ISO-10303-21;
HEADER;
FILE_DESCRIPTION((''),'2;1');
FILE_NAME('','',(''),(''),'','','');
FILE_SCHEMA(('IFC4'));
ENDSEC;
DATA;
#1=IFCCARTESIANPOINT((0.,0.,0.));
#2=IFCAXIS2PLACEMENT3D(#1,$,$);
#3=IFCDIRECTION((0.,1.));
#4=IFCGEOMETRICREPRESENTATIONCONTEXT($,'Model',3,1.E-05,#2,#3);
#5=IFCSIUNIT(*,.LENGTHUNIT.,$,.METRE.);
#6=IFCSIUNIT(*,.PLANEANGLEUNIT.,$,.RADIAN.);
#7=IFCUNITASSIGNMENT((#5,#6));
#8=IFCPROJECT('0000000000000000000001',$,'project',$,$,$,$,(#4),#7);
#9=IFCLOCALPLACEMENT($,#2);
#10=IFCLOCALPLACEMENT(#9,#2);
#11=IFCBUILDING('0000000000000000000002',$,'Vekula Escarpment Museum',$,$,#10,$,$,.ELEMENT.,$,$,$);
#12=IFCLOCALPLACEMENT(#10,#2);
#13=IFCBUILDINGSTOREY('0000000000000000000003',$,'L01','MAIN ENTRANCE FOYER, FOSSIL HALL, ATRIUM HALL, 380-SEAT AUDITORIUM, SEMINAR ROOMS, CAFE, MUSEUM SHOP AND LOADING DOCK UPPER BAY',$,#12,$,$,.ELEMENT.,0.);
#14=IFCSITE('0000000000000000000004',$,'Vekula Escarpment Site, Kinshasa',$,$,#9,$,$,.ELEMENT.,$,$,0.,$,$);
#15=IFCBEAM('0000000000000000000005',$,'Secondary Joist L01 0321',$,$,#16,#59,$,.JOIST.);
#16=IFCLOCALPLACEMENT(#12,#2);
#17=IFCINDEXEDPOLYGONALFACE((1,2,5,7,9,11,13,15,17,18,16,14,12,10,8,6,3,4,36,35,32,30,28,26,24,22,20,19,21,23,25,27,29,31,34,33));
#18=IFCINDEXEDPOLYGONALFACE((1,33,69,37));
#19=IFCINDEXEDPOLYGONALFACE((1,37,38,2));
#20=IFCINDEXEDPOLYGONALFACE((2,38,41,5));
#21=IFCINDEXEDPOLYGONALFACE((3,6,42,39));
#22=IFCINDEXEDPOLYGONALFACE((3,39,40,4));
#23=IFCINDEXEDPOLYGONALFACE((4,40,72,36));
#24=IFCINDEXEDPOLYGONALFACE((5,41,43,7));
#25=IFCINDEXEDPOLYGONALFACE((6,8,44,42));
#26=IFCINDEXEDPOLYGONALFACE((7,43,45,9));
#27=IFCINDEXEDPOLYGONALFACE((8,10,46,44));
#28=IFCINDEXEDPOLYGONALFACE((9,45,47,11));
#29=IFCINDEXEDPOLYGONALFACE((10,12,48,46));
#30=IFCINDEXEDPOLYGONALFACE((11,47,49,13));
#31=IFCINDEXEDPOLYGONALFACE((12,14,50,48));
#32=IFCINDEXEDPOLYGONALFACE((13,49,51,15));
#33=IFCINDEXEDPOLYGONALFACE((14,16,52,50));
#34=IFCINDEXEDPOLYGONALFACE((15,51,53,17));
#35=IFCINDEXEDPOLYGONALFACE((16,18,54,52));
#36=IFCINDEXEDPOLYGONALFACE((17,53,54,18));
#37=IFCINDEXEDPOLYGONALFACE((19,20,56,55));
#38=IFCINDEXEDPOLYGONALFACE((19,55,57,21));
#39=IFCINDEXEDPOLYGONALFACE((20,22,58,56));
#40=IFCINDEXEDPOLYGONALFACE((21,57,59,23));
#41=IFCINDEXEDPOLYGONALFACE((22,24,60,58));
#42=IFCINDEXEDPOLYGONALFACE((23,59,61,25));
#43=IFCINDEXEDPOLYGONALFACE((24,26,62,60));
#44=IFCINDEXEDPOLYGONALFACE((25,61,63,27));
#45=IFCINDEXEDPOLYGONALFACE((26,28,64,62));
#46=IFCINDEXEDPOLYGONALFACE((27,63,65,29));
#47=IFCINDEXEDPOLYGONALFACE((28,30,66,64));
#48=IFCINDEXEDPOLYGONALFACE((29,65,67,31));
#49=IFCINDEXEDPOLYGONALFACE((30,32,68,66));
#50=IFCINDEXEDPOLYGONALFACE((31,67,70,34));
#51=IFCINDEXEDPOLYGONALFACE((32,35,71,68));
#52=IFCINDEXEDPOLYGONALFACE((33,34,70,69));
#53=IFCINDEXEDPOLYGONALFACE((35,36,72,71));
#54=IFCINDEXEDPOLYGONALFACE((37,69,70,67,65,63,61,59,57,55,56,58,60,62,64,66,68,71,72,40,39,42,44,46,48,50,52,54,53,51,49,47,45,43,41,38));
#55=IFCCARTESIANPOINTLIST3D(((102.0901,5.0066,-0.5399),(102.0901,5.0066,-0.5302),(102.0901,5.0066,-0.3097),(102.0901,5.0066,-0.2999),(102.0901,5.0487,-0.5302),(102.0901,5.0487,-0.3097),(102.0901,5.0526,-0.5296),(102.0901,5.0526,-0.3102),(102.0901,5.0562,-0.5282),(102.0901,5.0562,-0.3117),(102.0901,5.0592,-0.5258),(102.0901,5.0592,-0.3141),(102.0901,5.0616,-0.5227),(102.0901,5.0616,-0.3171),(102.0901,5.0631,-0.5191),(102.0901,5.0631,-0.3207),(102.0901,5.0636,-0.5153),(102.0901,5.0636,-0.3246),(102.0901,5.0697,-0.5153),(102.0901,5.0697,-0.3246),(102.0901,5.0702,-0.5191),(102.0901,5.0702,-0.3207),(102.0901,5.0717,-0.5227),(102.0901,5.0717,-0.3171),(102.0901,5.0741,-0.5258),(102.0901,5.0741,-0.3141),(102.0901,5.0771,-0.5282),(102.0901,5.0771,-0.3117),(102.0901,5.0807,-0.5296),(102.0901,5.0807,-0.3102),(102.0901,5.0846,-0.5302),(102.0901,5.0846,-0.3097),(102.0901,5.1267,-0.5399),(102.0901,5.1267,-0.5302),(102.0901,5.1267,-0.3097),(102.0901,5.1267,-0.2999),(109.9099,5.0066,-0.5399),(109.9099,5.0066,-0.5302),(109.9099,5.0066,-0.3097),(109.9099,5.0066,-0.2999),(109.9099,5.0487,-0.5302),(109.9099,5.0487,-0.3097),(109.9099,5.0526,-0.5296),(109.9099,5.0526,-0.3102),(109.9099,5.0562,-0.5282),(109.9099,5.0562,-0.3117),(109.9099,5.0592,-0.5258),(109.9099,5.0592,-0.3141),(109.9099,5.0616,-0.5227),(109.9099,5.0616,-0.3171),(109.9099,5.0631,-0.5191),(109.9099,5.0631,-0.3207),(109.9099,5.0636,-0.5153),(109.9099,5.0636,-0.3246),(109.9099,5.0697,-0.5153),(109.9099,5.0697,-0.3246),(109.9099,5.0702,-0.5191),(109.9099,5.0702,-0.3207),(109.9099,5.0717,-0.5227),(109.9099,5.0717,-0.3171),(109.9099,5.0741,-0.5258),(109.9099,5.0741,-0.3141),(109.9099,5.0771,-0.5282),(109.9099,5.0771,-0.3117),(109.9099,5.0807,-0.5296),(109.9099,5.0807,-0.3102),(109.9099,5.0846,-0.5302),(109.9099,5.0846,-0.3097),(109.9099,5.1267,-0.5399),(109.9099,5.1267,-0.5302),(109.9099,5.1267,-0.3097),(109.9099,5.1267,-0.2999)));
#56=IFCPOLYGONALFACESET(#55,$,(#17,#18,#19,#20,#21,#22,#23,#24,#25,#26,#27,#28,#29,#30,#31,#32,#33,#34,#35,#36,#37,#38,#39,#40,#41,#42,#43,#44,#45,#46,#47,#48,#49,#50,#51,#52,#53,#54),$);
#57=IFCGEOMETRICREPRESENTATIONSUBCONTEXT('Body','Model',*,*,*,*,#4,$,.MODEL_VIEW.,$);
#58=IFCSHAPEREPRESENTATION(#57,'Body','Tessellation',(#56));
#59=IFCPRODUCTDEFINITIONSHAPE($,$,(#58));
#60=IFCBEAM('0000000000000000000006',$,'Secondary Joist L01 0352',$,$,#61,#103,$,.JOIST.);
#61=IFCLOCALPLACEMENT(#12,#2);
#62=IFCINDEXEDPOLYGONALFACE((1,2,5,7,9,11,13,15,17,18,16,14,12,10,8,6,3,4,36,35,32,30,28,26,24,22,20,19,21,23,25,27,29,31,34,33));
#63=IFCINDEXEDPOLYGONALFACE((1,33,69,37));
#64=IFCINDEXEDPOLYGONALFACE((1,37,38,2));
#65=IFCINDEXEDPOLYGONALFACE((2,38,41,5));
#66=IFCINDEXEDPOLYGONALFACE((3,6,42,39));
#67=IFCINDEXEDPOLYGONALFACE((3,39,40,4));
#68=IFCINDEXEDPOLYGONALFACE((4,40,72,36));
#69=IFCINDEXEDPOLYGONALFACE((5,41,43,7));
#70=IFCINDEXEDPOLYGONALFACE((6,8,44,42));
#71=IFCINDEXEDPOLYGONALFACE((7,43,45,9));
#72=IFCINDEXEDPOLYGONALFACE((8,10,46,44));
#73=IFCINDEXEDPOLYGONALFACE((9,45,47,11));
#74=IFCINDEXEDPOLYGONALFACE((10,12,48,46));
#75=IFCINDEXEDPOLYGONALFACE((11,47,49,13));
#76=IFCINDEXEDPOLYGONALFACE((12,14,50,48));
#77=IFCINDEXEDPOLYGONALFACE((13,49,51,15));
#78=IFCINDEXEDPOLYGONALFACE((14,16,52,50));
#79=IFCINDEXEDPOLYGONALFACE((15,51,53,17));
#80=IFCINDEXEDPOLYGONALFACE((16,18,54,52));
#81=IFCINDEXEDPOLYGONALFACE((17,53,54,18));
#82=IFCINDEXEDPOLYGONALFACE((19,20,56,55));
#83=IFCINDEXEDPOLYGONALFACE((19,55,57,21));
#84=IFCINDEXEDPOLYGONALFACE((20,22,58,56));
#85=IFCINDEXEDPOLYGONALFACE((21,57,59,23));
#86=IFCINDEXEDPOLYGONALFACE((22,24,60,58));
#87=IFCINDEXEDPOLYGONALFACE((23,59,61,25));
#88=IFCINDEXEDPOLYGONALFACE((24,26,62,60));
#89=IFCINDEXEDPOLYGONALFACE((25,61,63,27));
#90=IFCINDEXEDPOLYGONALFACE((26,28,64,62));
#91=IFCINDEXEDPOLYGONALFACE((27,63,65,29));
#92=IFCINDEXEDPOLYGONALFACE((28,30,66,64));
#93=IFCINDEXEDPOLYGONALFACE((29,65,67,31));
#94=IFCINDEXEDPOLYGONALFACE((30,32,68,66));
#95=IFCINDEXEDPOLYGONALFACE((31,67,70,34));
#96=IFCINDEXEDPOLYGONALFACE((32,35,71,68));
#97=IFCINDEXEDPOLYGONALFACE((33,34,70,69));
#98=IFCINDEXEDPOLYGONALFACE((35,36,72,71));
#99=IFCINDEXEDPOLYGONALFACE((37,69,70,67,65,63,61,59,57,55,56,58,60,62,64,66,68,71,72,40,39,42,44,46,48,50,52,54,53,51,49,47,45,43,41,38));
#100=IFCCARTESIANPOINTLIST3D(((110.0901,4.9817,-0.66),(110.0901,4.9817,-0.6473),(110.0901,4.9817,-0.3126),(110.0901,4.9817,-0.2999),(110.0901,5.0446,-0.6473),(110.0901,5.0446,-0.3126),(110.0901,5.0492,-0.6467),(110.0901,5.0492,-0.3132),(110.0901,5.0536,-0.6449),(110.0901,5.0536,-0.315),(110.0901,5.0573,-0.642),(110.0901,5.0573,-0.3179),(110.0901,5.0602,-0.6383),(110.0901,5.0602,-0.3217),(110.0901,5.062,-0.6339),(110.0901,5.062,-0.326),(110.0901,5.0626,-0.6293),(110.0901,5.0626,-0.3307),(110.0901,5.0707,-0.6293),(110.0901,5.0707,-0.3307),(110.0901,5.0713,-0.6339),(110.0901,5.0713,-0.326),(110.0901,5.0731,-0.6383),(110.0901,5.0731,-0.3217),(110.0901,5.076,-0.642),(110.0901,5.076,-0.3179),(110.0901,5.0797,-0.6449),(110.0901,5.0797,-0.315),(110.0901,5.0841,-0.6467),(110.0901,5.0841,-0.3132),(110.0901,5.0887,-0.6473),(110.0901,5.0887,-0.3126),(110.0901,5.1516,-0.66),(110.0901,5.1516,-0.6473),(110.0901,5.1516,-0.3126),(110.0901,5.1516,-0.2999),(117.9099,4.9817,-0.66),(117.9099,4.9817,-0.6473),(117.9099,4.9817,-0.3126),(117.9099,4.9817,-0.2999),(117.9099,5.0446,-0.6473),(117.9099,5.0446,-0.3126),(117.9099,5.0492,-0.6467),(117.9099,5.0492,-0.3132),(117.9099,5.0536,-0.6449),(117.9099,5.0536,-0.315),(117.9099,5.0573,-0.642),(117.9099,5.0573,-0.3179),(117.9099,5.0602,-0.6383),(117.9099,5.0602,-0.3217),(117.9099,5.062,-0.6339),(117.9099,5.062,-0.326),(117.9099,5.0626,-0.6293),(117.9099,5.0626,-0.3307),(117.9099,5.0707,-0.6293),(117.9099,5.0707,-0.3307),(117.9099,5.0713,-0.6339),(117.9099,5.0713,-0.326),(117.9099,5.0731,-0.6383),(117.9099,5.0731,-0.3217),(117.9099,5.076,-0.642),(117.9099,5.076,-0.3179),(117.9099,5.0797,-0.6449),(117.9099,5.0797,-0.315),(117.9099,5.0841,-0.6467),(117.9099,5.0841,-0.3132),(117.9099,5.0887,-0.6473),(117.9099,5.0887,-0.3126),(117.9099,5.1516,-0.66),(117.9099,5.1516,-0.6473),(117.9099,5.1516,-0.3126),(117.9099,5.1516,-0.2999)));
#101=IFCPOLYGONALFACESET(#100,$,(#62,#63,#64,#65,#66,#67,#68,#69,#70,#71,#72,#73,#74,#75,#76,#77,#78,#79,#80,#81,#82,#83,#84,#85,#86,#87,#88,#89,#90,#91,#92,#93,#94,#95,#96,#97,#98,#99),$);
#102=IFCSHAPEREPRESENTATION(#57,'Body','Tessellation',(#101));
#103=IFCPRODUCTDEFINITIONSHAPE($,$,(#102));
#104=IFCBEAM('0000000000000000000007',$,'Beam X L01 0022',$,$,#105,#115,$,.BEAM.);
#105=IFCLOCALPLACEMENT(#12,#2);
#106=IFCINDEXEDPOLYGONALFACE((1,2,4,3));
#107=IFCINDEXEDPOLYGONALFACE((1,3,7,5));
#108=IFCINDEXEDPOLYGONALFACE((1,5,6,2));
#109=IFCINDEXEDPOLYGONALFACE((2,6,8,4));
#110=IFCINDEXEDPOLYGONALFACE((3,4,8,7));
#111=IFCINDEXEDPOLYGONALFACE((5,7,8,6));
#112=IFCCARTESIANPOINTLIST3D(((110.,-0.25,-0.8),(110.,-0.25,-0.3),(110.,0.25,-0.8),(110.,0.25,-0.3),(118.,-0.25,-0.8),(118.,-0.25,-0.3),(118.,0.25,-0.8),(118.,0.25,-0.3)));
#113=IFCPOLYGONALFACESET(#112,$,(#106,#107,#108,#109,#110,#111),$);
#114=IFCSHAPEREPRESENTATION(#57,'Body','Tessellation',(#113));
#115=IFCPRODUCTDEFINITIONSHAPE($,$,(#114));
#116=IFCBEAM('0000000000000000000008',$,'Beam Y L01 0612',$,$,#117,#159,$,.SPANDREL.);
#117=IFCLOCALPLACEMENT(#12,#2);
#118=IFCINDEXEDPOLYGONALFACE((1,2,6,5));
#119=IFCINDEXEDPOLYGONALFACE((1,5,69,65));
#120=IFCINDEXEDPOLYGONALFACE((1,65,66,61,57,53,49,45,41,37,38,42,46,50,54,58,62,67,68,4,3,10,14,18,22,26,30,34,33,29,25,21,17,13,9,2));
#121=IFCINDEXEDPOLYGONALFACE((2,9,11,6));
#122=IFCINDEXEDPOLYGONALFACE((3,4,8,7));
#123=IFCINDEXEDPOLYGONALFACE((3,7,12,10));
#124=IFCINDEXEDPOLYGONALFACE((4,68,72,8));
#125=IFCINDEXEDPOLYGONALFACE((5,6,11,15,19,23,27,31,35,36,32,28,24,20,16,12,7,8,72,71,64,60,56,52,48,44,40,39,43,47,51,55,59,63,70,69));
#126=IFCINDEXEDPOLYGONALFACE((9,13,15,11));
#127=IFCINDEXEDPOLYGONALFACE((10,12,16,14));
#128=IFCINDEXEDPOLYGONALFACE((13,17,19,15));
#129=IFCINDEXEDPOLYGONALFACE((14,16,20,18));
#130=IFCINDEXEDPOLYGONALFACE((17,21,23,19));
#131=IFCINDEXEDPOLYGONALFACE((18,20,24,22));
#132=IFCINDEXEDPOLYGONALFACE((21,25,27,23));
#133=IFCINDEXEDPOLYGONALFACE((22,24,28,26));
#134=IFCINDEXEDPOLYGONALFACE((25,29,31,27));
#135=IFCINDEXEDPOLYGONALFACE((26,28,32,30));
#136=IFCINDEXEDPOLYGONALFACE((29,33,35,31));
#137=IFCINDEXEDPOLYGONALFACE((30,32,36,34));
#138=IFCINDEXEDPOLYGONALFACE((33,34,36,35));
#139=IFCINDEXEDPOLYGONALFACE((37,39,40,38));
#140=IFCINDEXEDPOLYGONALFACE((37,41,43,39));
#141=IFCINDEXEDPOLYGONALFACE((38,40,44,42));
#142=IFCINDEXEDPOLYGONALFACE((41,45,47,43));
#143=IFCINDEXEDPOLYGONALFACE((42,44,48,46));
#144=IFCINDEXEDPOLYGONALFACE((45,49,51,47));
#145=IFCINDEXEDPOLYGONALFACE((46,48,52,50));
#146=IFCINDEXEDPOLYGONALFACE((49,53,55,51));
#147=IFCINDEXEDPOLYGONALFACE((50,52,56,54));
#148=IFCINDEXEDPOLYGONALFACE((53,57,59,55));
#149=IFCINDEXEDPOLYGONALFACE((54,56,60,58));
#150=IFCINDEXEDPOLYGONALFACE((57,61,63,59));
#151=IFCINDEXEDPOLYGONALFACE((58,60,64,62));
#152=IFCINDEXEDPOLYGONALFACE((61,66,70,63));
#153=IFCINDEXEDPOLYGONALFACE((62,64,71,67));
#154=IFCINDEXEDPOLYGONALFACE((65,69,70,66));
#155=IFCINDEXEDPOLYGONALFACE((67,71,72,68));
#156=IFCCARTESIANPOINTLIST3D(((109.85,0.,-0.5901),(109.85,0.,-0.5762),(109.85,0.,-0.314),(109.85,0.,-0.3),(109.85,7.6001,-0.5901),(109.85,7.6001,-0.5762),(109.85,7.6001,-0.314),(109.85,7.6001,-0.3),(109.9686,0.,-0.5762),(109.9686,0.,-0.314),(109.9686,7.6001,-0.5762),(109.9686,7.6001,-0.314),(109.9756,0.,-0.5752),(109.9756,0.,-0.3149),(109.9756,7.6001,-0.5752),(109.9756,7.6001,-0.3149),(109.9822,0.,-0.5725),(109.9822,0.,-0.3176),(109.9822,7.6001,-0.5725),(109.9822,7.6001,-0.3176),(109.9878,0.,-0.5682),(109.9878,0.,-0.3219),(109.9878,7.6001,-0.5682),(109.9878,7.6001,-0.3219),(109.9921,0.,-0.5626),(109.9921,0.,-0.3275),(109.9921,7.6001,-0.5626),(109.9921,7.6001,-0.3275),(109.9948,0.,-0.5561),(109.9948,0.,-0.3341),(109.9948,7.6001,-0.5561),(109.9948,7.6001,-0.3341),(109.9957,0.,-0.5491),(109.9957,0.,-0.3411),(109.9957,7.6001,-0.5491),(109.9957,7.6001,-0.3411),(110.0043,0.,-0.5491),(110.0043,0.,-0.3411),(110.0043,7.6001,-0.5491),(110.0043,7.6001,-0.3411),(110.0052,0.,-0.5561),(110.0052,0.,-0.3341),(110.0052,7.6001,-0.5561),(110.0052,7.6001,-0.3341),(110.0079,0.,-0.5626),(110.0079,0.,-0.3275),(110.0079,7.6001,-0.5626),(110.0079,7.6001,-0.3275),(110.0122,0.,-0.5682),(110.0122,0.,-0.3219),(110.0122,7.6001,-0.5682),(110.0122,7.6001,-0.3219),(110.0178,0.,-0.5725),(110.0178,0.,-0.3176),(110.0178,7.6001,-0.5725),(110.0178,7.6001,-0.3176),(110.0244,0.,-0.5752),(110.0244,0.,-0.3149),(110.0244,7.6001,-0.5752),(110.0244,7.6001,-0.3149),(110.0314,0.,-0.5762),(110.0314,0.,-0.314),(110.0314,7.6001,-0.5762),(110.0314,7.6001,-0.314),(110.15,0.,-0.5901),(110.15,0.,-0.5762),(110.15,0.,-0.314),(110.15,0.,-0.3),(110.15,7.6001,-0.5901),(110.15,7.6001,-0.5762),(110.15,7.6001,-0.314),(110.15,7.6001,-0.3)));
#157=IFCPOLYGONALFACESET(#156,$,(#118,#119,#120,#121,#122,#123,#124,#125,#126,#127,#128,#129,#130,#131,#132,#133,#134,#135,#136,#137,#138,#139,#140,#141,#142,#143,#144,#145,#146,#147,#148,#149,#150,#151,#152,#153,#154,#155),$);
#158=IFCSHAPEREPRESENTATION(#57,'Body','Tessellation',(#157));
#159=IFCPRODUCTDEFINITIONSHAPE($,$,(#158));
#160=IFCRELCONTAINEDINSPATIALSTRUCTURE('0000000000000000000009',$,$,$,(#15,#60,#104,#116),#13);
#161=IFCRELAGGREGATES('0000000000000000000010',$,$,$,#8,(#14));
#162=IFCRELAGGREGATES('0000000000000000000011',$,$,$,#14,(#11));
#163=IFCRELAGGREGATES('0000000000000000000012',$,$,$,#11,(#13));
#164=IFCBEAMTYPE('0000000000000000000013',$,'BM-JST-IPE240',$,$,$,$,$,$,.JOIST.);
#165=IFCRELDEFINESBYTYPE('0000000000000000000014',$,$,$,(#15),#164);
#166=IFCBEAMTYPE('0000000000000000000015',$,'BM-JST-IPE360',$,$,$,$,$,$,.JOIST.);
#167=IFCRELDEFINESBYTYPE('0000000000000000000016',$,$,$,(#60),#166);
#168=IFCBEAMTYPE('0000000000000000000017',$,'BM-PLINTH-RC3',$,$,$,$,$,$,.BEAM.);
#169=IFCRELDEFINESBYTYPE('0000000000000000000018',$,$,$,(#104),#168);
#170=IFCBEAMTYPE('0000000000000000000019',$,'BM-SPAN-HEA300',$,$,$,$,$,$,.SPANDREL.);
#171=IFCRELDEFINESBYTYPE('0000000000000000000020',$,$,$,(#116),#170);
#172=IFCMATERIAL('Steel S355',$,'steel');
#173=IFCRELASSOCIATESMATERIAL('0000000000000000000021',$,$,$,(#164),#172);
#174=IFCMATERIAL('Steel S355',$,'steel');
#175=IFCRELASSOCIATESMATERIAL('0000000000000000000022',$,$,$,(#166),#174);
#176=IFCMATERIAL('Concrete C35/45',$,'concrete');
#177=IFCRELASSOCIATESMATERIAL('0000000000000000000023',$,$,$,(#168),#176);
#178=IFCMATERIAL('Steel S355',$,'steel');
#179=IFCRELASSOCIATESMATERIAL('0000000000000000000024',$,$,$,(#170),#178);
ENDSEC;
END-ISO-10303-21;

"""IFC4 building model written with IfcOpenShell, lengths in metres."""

from ifc_helpers import new_model, si_unit, direction, frame, origin, origin_2d, place, context, subcontext, project, spatial, rectangle, i_section, extrude, material, material_profile, profile_set, type_object, element, save


model = new_model("IFC4")

# Units and contexts
model_context = context("Model", 3, precision=1e-05, world=origin(), true_north=direction((0.0, 1.0)))
body_context = subcontext(model_context, "Body", "Model", "MODEL_VIEW")
ifc_project = project(units=[si_unit("LENGTHUNIT", "METRE"), si_unit("PLANEANGLEUNIT", "RADIAN")], contexts=[model_context])

# Site, building, storey
site_placement = place(None, origin())
site = spatial("IfcSite", under=ifc_project, at=site_placement, Name="Vekula Escarpment Site, Kinshasa", CompositionType="ELEMENT", RefElevation=0.0)
building_placement = place(site_placement, origin())
building = spatial("IfcBuilding", under=site, at=building_placement, Name="Vekula Escarpment Museum", CompositionType="ELEMENT")
storey_placement = place(building_placement, origin())
storey = spatial("IfcBuildingStorey", under=building, at=storey_placement, Name="L01", Description="MAIN ENTRANCE FOYER, FOSSIL HALL, ATRIUM HALL, 380-SEAT AUDITORIUM, SEMINAR ROOMS, CAFE, MUSEUM SHOP AND LOADING DOCK UPPER BAY", CompositionType="ELEMENT", Elevation=0.0)

# Beams
ifc_material_1 = material(Name="Steel S355", Category="steel")
ifc_material_profile_1 = material_profile(ifc_material_1, i_section(OverallWidth=0.1201, OverallDepth=0.24, WebThickness=0.0061, FlangeThickness=0.0098, FilletRadius=0.0149, at=origin_2d()), Name="IPE 240")
ifc_profile_set_1 = profile_set([ifc_material_profile_1], Name="Steel S355")
beam_type_1 = type_object("IfcBeamType", Name="BM-JST-IPE240", PredefinedType="JOIST", material=ifc_profile_set_1)
for number, where, z_axis, x_axis, name in (
    (1, (102.0901, 5.0667, -0.4199), (1.0, 0.0, 0.0), (0.0, 1.0, 0.0), "Secondary Joist L01 0321"),
):
    element("IfcBeam", number, at=place(storey_placement, frame(where, z_axis=z_axis, x_axis=x_axis)), inside=storey, type_object=beam_type_1, Name=name, PredefinedType="JOIST", context=body_context, shape_type="SweptSolid", body=[
        extrude(i_section(OverallWidth=0.1201, OverallDepth=0.24, WebThickness=0.0061, FlangeThickness=0.0098, FilletRadius=0.0149, at=origin_2d()), origin(), (0.0, 0.0, 1.0), 7.8198),
    ])
ifc_material_2 = material(Name="Steel S355", Category="steel")
ifc_material_profile_2 = material_profile(ifc_material_2, i_section(OverallWidth=0.1699, OverallDepth=0.3601, WebThickness=0.0081, FlangeThickness=0.0127, FilletRadius=0.0181, at=origin_2d()), Name="IPE 360")
ifc_profile_set_2 = profile_set([ifc_material_profile_2], Name="Steel S355")
beam_type_2 = type_object("IfcBeamType", Name="BM-JST-IPE360", PredefinedType="JOIST", material=ifc_profile_set_2)
beam_1_placement = place(storey_placement, frame((110.0901, 5.0667, -0.48), z_axis=(1.0, 0.0, 0.0), x_axis=(0.0, 1.0, 0.0)))
element("IfcBeam", 2, at=beam_1_placement, inside=storey, type_object=beam_type_2, Name="Secondary Joist L01 0352", PredefinedType="JOIST", context=body_context, shape_type="SweptSolid", body=[
    extrude(i_section(OverallWidth=0.1699, OverallDepth=0.3601, WebThickness=0.0081, FlangeThickness=0.0127, FilletRadius=0.0181, at=origin_2d()), origin(), (0.0, 0.0, 1.0), 7.8198),
])
ifc_material_3 = material(Name="Concrete C35/45", Category="concrete")
ifc_material_profile_3 = material_profile(ifc_material_3, rectangle(XDim=0.5, YDim=0.5, at=origin_2d()), Name="RC 500x500")
ifc_profile_set_3 = profile_set([ifc_material_profile_3], Name="Concrete C35/45")
beam_type_3 = type_object("IfcBeamType", Name="BM-PLINTH-RC3", PredefinedType="BEAM", material=ifc_profile_set_3)
beam_2_placement = place(storey_placement, frame((110.0, 0.0, -0.55), z_axis=(1.0, 0.0, 0.0), x_axis=(0.0, 1.0, 0.0)))
element("IfcBeam", 3, at=beam_2_placement, inside=storey, type_object=beam_type_3, Name="Beam X L01 0022", PredefinedType="BEAM", context=body_context, shape_type="SweptSolid", body=[
    extrude(rectangle(XDim=0.5, YDim=0.5, at=origin_2d()), origin(), (0.0, 0.0, 1.0), 8.0),
])
ifc_material_4 = material(Name="Steel S355", Category="steel")
ifc_material_profile_4 = material_profile(ifc_material_4, i_section(OverallWidth=0.3, OverallDepth=0.29, WebThickness=0.0085, FlangeThickness=0.0139, FilletRadius=0.0271, at=origin_2d()), Name="HEA 300")
ifc_profile_set_4 = profile_set([ifc_material_profile_4], Name="Steel S355")
beam_type_4 = type_object("IfcBeamType", Name="BM-SPAN-HEA300", PredefinedType="SPANDREL", material=ifc_profile_set_4)
beam_3_placement = place(storey_placement, frame((110.0, 0.0, -0.4451), z_axis=(0.0, 1.0, 0.0), x_axis=(-1.0, 0.0, 0.0)))
element("IfcBeam", 4, at=beam_3_placement, inside=storey, type_object=beam_type_4, Name="Beam Y L01 0612", PredefinedType="SPANDREL", context=body_context, shape_type="SweptSolid", body=[
    extrude(i_section(OverallWidth=0.3, OverallDepth=0.29, WebThickness=0.0085, FlangeThickness=0.0139, FilletRadius=0.0271, at=origin_2d()), origin(), (0.0, 0.0, 1.0), 7.6001),
])

save(model, "model.ifc")
